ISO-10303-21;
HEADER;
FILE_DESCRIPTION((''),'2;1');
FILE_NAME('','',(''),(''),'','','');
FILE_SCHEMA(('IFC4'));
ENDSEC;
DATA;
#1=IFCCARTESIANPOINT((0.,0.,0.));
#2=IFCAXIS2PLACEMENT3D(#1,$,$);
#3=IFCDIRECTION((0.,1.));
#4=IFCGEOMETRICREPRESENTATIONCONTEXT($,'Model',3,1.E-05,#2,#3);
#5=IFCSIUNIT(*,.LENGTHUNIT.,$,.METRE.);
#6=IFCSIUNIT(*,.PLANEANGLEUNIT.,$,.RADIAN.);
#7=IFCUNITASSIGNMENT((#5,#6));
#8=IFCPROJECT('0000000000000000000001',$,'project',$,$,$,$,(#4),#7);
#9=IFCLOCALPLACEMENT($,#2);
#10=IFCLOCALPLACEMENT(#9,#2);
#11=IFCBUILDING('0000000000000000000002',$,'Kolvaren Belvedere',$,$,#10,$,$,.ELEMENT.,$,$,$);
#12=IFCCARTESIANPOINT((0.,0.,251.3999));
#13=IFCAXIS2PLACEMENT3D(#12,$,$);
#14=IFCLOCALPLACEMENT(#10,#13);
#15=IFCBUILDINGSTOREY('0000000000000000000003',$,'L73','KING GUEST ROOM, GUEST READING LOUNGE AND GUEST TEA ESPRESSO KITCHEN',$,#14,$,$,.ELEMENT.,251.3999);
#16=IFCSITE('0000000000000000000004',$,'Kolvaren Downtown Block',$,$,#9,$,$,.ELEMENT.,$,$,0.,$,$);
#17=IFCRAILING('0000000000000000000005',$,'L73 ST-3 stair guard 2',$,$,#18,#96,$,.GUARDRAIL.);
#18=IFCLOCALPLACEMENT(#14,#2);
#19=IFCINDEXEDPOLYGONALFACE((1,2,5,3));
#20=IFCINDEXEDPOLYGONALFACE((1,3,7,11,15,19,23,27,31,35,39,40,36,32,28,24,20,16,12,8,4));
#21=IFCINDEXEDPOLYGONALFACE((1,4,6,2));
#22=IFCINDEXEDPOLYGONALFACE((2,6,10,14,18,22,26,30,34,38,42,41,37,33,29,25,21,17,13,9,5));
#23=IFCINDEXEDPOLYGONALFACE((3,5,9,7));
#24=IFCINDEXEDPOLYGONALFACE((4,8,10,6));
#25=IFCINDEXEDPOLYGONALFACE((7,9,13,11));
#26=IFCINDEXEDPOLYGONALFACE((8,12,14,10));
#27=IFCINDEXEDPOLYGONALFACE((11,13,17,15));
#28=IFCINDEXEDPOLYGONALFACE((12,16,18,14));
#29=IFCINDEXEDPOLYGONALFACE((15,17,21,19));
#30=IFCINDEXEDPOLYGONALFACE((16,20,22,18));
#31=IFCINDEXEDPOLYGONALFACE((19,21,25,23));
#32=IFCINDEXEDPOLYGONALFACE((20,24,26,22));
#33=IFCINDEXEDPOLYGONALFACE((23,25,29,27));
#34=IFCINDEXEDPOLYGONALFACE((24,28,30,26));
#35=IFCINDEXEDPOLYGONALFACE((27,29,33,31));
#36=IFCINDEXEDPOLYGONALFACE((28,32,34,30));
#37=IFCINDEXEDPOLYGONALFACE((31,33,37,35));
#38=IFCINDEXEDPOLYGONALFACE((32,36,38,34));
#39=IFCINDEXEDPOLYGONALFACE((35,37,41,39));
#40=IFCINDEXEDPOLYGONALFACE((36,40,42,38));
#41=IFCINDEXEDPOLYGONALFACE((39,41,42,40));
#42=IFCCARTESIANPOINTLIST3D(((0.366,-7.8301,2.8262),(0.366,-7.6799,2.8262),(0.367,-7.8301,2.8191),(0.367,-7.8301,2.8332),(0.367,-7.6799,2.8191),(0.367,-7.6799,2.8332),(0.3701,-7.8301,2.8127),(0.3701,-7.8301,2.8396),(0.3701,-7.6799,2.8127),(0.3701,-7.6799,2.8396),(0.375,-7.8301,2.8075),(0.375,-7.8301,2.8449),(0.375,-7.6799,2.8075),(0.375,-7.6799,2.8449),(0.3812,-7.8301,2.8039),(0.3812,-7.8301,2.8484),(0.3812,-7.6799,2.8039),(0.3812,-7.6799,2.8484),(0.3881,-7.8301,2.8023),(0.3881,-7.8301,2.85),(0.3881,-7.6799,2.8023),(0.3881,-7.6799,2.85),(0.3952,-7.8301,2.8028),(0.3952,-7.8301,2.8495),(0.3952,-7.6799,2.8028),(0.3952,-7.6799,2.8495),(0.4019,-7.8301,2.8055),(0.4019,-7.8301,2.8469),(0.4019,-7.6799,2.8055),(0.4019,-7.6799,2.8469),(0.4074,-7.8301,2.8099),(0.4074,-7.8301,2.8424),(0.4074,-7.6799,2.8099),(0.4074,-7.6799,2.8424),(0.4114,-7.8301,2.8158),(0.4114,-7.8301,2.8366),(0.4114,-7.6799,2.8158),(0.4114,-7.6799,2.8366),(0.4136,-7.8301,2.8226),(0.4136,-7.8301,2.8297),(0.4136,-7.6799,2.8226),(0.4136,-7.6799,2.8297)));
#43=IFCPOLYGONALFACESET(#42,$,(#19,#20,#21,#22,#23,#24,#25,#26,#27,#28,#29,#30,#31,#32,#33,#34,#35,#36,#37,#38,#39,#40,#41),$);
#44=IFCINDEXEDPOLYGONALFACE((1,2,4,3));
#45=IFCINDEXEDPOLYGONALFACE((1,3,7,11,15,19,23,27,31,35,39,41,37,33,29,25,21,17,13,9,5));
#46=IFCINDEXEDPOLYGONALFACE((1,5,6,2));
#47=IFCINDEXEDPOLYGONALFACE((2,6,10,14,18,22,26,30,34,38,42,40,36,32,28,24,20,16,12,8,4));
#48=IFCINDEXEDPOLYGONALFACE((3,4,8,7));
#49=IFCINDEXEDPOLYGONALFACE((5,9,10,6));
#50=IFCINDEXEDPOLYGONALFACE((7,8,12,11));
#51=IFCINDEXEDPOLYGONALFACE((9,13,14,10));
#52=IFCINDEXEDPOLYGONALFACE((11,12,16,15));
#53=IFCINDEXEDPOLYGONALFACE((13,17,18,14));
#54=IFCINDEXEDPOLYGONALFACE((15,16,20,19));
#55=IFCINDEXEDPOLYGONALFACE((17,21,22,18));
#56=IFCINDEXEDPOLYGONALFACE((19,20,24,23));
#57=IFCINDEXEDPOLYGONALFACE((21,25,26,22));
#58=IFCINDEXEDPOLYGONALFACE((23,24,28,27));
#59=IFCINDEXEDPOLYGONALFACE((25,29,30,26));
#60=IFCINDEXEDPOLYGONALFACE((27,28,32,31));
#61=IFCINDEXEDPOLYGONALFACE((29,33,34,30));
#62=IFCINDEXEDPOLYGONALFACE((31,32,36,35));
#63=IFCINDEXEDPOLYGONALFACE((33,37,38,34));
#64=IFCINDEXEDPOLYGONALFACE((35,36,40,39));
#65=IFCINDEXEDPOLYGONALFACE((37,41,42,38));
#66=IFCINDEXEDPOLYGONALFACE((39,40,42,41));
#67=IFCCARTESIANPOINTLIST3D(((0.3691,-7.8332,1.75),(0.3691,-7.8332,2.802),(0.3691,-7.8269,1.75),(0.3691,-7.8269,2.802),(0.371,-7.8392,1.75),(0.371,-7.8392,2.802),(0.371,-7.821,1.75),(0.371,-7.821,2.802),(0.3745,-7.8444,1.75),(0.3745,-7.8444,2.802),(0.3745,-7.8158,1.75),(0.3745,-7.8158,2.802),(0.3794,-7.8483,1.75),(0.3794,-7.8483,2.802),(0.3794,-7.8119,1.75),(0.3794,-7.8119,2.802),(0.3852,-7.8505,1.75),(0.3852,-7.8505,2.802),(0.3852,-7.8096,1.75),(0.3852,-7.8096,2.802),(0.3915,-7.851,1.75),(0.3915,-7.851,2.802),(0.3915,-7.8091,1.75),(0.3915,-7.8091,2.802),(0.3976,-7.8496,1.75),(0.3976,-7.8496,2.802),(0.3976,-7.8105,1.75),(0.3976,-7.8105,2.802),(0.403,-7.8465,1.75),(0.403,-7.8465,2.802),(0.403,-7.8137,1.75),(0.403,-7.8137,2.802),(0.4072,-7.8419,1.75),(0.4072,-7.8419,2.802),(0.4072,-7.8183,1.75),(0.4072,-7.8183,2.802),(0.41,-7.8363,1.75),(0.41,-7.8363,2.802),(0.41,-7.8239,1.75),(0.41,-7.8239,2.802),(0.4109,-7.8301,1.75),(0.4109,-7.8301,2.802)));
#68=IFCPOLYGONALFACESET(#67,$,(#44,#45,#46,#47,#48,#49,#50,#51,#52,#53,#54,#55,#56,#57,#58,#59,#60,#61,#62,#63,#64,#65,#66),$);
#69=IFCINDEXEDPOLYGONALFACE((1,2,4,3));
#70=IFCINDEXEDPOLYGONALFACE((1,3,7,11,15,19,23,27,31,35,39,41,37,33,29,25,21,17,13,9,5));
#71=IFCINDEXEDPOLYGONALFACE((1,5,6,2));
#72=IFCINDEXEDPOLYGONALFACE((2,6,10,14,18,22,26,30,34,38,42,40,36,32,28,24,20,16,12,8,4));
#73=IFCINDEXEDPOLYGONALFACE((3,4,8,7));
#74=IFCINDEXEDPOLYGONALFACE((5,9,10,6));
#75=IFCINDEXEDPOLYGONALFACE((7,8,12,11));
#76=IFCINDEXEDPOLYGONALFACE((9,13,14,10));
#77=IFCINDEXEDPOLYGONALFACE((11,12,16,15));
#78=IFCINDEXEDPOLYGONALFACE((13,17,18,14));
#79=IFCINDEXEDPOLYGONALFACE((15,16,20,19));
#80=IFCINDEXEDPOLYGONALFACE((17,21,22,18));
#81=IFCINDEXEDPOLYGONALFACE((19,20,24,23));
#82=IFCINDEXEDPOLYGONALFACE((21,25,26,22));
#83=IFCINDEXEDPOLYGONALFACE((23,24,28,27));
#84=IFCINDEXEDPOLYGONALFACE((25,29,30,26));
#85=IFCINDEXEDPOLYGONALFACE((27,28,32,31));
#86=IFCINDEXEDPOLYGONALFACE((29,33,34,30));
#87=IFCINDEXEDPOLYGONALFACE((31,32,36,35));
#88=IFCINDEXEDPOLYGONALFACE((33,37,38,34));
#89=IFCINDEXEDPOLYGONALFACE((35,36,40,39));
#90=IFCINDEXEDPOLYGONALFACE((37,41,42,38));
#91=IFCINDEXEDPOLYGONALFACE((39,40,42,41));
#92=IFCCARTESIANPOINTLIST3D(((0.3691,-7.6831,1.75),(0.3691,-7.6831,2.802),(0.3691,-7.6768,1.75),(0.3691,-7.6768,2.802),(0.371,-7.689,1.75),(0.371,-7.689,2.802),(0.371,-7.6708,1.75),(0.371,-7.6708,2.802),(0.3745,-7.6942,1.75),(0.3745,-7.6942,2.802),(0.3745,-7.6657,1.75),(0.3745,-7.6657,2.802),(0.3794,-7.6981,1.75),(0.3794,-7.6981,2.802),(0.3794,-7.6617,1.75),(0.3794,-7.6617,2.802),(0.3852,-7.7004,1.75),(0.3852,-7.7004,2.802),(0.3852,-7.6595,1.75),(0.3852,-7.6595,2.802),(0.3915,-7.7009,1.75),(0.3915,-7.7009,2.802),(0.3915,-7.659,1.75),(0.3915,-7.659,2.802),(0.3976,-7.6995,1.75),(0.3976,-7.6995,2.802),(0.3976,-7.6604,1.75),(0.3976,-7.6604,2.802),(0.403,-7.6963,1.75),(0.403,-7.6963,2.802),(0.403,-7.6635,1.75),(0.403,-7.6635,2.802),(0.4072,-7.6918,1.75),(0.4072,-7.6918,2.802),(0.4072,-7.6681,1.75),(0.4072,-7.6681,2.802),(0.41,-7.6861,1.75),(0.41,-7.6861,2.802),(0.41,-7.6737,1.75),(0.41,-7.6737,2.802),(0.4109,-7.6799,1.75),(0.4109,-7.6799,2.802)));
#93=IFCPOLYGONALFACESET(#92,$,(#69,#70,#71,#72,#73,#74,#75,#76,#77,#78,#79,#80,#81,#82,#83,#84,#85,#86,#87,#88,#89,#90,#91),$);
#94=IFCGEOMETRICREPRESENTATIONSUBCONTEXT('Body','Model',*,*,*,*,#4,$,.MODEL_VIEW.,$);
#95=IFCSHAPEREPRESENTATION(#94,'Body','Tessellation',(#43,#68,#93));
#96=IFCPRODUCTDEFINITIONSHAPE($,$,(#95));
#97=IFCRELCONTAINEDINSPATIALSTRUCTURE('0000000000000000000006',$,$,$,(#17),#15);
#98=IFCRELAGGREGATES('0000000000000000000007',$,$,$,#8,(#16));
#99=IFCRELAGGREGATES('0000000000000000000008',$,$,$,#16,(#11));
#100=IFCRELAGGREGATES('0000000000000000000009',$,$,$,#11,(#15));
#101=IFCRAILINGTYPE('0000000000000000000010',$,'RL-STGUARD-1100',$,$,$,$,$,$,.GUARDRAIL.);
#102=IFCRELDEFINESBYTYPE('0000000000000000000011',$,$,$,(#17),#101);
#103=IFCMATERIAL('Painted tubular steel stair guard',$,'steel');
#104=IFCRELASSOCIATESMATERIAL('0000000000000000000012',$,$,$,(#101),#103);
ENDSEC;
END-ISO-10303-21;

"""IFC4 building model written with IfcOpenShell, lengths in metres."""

from ifc_helpers import new_model, si_unit, direction, frame, origin, origin_2d, place, context, subcontext, project, spatial, circle, extrude, material, type_object, element, save


model = new_model("IFC4")

# Units and contexts
model_context = context("Model", 3, precision=1e-05, world=origin(), true_north=direction((0.0, 1.0)))
body_context = subcontext(model_context, "Body", "Model", "MODEL_VIEW")
ifc_project = project(units=[si_unit("LENGTHUNIT", "METRE"), si_unit("PLANEANGLEUNIT", "RADIAN")], contexts=[model_context])

# Site, building, storey
site_placement = place(None, origin())
site = spatial("IfcSite", under=ifc_project, at=site_placement, Name="Kolvaren Downtown Block", CompositionType="ELEMENT", RefElevation=0.0)
building_placement = place(site_placement, origin())
building = spatial("IfcBuilding", under=site, at=building_placement, Name="Kolvaren Belvedere", CompositionType="ELEMENT")
storey_placement = place(building_placement, frame((0.0, 0.0, 251.3999)))
storey = spatial("IfcBuildingStorey", under=building, at=storey_placement, Name="L73", Description="KING GUEST ROOM, GUEST READING LOUNGE AND GUEST TEA ESPRESSO KITCHEN", CompositionType="ELEMENT", Elevation=251.3999)

# Railing
ifc_material_1 = material(Name="Painted tubular steel stair guard", Category="steel")
railing_type_1 = type_object("IfcRailingType", Name="RL-STGUARD-1100", PredefinedType="GUARDRAIL", material=ifc_material_1)
railing_1_placement = place(storey_placement, frame((0.3899, -7.8301, 1.75)))
element("IfcRailing", 1, at=railing_1_placement, inside=storey, type_object=railing_type_1, Name="L73 ST-3 stair guard 2", PredefinedType="GUARDRAIL", context=body_context, shape_type="SweptSolid", body=[
    extrude(circle(Radius=0.0239, at=origin_2d()), frame((0.0, 0.0, 1.0762), z_axis=(0.0, 1.0, 0.0), x_axis=(-1.0, 0.0, 0.0)), (0.0, 0.0, 1.0), 0.1501),
    extrude(circle(Radius=0.021, at=origin_2d()), origin(), (0.0, 0.0, 1.0), 1.052),
    extrude(circle(Radius=0.021, at=origin_2d()), frame((0.0, 0.1501, 0.0)), (0.0, 0.0, 1.0), 1.052),
])

save(model, "model.ifc")
